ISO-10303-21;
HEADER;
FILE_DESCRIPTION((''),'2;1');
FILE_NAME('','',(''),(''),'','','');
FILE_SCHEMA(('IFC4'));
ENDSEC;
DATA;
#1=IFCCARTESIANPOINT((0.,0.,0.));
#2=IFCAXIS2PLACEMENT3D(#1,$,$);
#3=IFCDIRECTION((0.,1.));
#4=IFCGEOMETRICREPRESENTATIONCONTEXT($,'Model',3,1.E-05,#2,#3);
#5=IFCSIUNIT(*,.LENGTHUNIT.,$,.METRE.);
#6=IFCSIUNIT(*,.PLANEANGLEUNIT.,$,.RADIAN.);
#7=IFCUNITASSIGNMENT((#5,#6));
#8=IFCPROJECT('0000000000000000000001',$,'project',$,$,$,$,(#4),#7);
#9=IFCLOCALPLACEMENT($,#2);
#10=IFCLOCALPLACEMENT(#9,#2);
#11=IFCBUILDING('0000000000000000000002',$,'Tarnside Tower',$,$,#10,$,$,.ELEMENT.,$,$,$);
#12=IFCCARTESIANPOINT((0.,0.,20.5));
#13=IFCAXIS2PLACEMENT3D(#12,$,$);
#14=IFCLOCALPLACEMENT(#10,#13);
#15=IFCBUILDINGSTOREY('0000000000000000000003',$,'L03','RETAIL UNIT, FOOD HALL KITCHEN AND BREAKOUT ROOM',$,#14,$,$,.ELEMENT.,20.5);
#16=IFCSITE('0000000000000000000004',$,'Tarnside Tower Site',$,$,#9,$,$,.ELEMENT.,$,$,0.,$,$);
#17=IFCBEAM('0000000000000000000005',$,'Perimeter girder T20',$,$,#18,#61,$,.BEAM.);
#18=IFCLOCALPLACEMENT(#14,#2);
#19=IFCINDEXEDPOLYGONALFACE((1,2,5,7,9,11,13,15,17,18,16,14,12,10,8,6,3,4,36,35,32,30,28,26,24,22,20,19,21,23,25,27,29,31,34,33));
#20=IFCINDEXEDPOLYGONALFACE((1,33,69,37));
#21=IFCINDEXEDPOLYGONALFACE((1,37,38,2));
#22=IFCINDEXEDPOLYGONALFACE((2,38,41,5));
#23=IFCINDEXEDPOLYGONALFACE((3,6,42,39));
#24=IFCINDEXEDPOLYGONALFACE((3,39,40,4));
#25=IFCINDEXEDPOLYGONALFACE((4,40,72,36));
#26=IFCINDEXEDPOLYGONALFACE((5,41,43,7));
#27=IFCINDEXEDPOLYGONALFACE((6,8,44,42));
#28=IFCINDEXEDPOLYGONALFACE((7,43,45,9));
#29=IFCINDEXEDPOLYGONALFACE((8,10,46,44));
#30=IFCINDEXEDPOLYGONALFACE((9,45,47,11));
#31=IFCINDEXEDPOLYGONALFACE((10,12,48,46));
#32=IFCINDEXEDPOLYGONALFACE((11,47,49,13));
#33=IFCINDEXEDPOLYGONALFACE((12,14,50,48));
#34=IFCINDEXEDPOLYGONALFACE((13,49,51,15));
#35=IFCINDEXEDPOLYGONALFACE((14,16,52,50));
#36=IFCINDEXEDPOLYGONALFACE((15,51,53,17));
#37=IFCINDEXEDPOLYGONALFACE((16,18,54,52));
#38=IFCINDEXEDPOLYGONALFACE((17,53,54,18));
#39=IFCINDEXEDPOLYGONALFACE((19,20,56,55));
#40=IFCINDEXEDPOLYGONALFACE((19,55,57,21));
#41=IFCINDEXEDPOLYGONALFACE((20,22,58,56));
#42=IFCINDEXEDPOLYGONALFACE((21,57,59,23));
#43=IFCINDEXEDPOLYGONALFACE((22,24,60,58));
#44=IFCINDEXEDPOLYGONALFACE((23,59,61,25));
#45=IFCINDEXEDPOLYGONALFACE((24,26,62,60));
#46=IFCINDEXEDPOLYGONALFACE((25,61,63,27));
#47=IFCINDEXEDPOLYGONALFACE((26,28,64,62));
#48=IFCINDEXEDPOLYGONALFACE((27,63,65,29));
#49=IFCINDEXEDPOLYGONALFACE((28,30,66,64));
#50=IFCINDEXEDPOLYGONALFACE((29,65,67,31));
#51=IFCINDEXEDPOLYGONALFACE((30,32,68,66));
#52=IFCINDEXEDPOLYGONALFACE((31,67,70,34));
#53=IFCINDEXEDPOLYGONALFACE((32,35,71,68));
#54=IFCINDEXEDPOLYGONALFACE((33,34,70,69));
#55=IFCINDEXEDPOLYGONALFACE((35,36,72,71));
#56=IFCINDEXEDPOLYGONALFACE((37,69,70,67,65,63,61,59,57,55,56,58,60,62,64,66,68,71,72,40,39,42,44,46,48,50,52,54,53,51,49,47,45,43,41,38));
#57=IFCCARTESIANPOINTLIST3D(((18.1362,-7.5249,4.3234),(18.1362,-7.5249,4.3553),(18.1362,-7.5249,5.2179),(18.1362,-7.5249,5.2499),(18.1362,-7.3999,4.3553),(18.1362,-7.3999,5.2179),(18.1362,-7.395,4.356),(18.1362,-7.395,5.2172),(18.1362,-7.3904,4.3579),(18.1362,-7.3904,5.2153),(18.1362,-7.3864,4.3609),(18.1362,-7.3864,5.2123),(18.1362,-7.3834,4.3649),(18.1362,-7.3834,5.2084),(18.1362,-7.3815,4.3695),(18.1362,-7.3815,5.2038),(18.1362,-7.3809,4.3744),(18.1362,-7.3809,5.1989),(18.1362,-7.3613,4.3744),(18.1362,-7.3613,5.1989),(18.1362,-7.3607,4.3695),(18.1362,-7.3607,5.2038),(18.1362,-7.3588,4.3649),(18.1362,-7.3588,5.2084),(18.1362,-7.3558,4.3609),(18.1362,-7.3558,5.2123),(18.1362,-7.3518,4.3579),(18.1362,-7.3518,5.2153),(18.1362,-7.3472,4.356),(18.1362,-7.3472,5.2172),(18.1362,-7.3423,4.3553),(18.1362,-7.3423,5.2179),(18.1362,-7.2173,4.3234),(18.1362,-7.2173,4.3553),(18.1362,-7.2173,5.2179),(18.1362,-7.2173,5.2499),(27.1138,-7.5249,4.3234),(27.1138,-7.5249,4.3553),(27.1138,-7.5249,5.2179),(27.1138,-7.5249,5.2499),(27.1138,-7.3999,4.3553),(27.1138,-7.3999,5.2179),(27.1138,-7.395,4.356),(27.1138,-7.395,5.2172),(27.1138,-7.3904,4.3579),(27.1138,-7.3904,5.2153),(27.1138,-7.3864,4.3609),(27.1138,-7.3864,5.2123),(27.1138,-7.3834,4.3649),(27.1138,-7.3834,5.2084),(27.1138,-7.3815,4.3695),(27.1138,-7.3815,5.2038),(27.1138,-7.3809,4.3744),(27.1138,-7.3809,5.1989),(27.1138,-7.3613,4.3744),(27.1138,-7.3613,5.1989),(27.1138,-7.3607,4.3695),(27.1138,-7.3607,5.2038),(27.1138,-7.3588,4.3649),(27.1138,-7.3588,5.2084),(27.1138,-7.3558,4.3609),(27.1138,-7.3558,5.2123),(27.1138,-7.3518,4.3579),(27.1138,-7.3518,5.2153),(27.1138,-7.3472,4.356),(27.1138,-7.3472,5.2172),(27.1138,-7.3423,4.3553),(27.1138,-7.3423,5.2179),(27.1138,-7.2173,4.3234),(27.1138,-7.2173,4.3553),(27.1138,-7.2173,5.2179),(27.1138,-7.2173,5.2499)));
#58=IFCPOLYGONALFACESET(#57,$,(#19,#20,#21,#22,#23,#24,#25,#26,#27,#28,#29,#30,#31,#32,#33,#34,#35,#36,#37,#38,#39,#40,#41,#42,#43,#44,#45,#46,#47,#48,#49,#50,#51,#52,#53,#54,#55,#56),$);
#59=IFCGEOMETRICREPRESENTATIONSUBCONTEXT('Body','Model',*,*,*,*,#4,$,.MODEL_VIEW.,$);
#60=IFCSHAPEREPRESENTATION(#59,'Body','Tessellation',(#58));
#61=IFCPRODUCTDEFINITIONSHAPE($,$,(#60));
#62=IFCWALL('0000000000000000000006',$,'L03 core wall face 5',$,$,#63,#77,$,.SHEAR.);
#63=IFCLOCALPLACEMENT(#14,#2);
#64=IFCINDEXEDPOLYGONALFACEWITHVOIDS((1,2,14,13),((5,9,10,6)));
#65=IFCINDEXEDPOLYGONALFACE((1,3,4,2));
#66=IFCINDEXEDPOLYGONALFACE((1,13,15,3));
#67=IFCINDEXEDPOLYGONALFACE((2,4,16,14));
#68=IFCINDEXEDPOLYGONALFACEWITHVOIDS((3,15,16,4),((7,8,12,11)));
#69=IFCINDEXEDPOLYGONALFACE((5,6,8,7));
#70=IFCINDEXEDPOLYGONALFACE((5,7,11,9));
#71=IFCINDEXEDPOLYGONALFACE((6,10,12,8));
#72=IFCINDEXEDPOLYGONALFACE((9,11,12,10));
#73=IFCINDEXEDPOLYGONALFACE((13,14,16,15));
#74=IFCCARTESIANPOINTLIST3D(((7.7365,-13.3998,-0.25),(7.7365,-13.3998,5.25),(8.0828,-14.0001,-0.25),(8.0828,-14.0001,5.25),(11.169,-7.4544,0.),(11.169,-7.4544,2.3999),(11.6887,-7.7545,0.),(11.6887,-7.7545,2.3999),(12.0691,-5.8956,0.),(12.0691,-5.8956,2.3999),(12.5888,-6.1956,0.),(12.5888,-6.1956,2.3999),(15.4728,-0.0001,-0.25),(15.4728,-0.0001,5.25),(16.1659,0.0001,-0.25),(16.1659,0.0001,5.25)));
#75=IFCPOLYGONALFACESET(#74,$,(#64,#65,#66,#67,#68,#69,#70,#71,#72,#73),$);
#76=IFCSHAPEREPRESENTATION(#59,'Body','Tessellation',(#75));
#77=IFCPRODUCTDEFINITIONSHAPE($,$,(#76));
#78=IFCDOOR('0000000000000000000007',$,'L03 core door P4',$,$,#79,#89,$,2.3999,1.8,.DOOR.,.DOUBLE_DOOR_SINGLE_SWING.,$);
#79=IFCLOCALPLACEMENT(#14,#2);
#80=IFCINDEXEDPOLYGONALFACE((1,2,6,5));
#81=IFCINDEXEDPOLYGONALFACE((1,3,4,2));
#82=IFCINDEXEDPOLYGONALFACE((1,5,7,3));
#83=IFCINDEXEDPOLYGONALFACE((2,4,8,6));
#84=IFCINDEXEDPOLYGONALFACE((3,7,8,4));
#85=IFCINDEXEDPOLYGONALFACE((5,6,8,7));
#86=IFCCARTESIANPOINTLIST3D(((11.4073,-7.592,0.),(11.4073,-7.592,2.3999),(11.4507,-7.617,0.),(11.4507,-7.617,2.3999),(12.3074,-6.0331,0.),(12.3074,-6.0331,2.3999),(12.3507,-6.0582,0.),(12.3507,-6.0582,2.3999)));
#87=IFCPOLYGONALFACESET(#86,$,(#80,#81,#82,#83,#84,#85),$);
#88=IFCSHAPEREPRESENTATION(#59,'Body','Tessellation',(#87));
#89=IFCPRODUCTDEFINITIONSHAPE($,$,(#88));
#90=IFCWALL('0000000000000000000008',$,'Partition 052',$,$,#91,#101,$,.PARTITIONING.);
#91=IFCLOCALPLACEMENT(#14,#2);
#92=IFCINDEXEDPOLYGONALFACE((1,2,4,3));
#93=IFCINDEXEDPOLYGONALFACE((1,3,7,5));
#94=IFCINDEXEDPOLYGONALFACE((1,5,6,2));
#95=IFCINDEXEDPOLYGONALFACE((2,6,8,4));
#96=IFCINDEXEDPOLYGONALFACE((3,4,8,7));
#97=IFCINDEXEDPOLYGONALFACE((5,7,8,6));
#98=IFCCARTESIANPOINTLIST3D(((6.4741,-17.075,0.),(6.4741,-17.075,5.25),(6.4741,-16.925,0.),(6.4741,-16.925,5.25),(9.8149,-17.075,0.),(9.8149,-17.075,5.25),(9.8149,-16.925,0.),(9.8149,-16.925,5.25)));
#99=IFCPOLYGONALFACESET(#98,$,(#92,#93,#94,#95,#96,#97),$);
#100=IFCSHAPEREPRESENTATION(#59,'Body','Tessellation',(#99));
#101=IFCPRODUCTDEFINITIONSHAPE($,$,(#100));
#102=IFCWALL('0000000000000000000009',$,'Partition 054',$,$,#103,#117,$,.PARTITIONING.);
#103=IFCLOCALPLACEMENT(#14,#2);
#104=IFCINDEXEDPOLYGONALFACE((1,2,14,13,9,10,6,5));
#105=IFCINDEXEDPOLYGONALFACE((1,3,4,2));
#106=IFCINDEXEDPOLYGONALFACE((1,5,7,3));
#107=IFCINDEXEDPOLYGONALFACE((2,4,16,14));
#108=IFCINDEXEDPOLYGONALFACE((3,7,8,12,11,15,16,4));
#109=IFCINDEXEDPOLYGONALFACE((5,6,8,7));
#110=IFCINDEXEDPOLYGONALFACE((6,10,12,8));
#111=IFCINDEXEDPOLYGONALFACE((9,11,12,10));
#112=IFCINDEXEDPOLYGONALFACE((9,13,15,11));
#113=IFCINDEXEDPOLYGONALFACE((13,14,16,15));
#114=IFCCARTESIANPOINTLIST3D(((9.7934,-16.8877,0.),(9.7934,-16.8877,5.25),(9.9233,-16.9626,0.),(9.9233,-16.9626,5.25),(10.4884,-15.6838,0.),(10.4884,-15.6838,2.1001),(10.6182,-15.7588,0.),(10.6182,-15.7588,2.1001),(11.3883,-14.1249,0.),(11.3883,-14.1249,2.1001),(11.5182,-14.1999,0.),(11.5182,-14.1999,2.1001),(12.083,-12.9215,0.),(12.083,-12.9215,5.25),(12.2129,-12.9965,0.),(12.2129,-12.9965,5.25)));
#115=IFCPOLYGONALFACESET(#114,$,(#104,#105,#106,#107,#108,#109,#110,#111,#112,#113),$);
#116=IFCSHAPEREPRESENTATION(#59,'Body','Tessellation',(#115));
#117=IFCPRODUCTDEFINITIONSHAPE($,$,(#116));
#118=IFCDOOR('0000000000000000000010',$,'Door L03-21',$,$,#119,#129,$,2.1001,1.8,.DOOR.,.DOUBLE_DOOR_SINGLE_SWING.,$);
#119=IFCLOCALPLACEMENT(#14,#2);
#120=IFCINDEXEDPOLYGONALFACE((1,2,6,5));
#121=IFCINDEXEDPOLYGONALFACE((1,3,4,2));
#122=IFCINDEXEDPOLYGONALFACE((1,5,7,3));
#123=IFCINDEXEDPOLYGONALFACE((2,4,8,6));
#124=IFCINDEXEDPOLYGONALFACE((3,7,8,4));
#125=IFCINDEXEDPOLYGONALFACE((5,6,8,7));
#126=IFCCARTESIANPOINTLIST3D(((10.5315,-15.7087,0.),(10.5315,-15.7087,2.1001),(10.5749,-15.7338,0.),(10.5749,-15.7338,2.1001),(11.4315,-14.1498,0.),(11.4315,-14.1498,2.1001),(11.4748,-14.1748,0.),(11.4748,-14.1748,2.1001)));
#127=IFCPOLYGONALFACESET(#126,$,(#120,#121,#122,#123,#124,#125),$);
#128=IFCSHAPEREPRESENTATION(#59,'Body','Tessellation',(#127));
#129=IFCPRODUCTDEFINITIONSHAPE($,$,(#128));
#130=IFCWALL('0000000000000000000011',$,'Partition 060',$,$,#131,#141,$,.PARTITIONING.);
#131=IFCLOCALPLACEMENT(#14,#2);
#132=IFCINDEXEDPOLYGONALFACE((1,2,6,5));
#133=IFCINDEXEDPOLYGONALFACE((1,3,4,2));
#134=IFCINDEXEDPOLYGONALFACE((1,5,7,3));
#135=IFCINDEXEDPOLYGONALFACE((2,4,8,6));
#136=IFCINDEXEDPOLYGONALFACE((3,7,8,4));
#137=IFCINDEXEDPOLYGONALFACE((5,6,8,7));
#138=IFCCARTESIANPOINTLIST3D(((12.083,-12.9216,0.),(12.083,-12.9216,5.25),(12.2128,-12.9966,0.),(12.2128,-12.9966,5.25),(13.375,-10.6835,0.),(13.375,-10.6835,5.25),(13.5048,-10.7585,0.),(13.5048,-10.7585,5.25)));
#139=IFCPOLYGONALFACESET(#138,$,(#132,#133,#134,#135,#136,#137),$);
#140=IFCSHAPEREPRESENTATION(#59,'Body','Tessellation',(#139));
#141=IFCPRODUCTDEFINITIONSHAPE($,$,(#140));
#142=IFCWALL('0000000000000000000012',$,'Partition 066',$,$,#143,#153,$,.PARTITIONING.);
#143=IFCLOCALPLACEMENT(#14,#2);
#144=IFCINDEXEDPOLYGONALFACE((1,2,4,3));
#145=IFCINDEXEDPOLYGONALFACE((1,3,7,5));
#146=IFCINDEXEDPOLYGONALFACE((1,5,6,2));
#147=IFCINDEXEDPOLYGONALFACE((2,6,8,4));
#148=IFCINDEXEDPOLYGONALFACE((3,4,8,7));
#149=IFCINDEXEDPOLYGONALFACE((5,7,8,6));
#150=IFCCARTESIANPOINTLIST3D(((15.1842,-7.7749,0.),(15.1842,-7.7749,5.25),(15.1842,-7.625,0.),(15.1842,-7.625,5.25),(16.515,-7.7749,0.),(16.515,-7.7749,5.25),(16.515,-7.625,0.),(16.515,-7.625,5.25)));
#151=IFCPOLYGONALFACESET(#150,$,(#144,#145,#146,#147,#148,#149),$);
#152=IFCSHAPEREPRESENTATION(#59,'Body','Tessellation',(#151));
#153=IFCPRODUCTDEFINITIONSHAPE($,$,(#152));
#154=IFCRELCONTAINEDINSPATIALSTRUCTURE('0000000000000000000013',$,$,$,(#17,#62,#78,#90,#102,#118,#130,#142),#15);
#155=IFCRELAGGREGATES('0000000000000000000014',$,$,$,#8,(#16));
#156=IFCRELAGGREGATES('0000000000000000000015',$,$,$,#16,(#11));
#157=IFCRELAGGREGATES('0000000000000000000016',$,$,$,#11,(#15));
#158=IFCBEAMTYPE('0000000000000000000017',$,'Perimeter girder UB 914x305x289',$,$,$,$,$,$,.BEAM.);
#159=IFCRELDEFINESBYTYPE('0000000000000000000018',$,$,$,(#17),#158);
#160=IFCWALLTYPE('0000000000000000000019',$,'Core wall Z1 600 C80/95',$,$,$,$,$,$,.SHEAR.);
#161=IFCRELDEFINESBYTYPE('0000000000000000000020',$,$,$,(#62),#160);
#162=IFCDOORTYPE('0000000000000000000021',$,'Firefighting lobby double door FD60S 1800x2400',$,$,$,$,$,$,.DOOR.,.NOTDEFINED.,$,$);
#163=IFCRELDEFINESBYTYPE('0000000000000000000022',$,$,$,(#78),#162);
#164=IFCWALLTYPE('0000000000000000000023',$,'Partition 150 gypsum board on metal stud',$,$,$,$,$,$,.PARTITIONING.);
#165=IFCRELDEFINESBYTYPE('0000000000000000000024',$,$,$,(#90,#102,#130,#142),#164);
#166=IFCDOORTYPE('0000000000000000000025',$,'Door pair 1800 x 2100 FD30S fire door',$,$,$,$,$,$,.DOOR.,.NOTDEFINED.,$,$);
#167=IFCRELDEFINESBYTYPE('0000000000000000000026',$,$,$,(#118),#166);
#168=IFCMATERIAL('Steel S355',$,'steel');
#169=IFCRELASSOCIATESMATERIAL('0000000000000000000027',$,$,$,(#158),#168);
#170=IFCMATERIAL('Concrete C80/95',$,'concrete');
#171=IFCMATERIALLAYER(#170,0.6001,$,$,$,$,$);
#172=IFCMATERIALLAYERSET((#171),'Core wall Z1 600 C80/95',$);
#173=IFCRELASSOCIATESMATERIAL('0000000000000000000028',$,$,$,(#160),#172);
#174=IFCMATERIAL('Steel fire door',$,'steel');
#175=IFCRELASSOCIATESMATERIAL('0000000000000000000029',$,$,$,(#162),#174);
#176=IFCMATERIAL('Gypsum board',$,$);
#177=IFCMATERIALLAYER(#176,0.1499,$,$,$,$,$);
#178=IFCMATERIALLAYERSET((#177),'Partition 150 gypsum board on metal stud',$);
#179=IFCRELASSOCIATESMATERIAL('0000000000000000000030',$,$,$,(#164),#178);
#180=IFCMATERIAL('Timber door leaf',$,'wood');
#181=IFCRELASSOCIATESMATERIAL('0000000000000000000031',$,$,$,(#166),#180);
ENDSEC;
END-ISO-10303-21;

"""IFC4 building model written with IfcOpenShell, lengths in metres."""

from ifc_helpers import new_model, si_unit, direction, frame, frame_2d, origin, origin_2d, place, context, subcontext, project, spatial, polyline, rectangle, i_section, outline, extrude, material, layer, layer_set, material_profile, profile_set, type_object, element, fill, save


model = new_model("IFC4")

# Units and contexts
model_context = context("Model", 3, precision=1e-05, world=origin(), true_north=direction((0.0, 1.0)))
body_context = subcontext(model_context, "Body", "Model", "MODEL_VIEW")
ifc_project = project(units=[si_unit("LENGTHUNIT", "METRE"), si_unit("PLANEANGLEUNIT", "RADIAN")], contexts=[model_context])

# Site, building, storey
site_placement = place(None, origin())
site = spatial("IfcSite", under=ifc_project, at=site_placement, Name="Tarnside Tower Site", CompositionType="ELEMENT", RefElevation=0.0)
building_placement = place(site_placement, origin())
building = spatial("IfcBuilding", under=site, at=building_placement, Name="Tarnside Tower", CompositionType="ELEMENT")
storey_placement = place(building_placement, frame((0.0, 0.0, 20.5)))
storey = spatial("IfcBuildingStorey", under=building, at=storey_placement, Name="L03", Description="RETAIL UNIT, FOOD HALL KITCHEN AND BREAKOUT ROOM", CompositionType="ELEMENT", Elevation=20.5)

# Beam
ifc_material_1 = material(Name="Steel S355", Category="steel")
ifc_material_profile_1 = material_profile(ifc_material_1, i_section(OverallWidth=0.3076, OverallDepth=0.9265, WebThickness=0.0195, FlangeThickness=0.032, FilletRadius=0.019, at=origin_2d()), Name="UB 914x305x289")
ifc_profile_set_1 = profile_set([ifc_material_profile_1], Name="Steel S355")
beam_type_1 = type_object("IfcBeamType", Name="Perimeter girder UB 914x305x289", PredefinedType="BEAM", material=ifc_profile_set_1)
beam_1_placement = place(storey_placement, frame((18.1362, -7.3711, 4.7866), z_axis=(1.0, 0.0, 0.0), x_axis=(0.0, 1.0, 0.0)))
element("IfcBeam", 1, at=beam_1_placement, inside=storey, type_object=beam_type_1, Name="Perimeter girder T20", PredefinedType="BEAM", context=body_context, shape_type="SweptSolid", body=[
    extrude(i_section(OverallWidth=0.3076, OverallDepth=0.9265, WebThickness=0.0195, FlangeThickness=0.032, FilletRadius=0.019, at=origin_2d()), origin(), (0.0, 0.0, 1.0), 8.9775),
])

# Wall, opening, door
ifc_material_2 = material(Name="Concrete C80/95", Category="concrete")
ifc_layer_1 = layer(ifc_material_2, 0.6001)
ifc_layer_set_1 = layer_set([ifc_layer_1], Name="Core wall Z1 600 C80/95")
wall_type_1 = type_object("IfcWallType", Name="Core wall Z1 600 C80/95", PredefinedType="SHEAR", material=ifc_layer_set_1)
wall_1_placement = place(storey_placement, frame((7.9097, -13.7, -0.25), z_axis=(0.0, 0.0, 1.0), x_axis=(0.5, 0.866025, 0.0)))
wall_1 = element("IfcWall", 2, at=wall_1_placement, inside=storey, type_object=wall_type_1, Name="L03 core wall face 5", PredefinedType="SHEAR", context=body_context, shape_type="SweptSolid", body=[
    extrude(outline(polyline([(-0.1733, -0.3), (15.9927, -0.3), (15.646, 0.3), (0.1733, 0.3), (-0.1733, -0.3)])), origin(), (0.0, 0.0, 1.0), 5.5),
])
opening_1_placement = place(wall_1_placement, frame((7.0386, 0.0, 0.25)))
opening_1 = element("IfcOpeningElement", 3, at=opening_1_placement, cuts=wall_1, PredefinedType="OPENING", context=body_context, shape_type="SweptSolid", body=[
    extrude(rectangle(XDim=1.8, YDim=2.3999, at=frame_2d((0.8999, 1.2))), frame((0.0, 0.3101, 0.0), z_axis=(0.0, -1.0, 0.0), x_axis=(1.0, 0.0, 0.0)), (0.0, 0.0, 1.0), 0.6201),
])
ifc_material_3 = material(Name="Steel fire door", Category="steel")
door_type_1 = type_object("IfcDoorType", Name="Firefighting lobby double door FD60S 1800x2400", OperationType="NOTDEFINED", PredefinedType="DOOR", material=ifc_material_3)
door_1_placement = place(opening_1_placement, origin())
door_1 = element("IfcDoor", 4, at=door_1_placement, inside=storey, type_object=door_type_1, Name="L03 core door P4", OperationType="DOUBLE_DOOR_SINGLE_SWING", OverallHeight=2.3999, OverallWidth=1.8, PredefinedType="DOOR", context=body_context, shape_type="SweptSolid", body=[
    extrude(rectangle(XDim=1.8, YDim=2.3999, at=frame_2d((0.8999, 1.2))), frame((0.0, 0.0249, 0.0), z_axis=(0.0, -1.0, 0.0), x_axis=(1.0, 0.0, 0.0)), (0.0, 0.0, 1.0), 0.05),
])
fill(opening_1, door_1)

# Wall
ifc_material_4 = material(Name="Gypsum board")
ifc_layer_2 = layer(ifc_material_4, 0.1499)
ifc_layer_set_2 = layer_set([ifc_layer_2], Name="Partition 150 gypsum board on metal stud")
wall_type_2 = type_object("IfcWallType", Name="Partition 150 gypsum board on metal stud", PredefinedType="PARTITIONING", material=ifc_layer_set_2)
wall_2_placement = place(storey_placement, frame((6.4741, -17.0, 0.0), z_axis=(0.0, 0.0, 1.0), x_axis=(1.0, 0.0, 0.0)))
element("IfcWall", 5, at=wall_2_placement, inside=storey, type_object=wall_type_2, Name="Partition 052", PredefinedType="PARTITIONING", context=body_context, shape_type="SweptSolid", body=[
    extrude(rectangle(XDim=3.3408, YDim=0.1499, at=frame_2d((1.6704, 0.0))), origin(), (0.0, 0.0, 1.0), 5.25),
])

# Wall, opening, door
wall_3_placement = place(storey_placement, frame((12.1479, -12.959, 0.0), z_axis=(0.0, 0.0, 1.0), x_axis=(-0.499958, -0.86605, 0.0)))
wall_3 = element("IfcWall", 6, at=wall_3_placement, inside=storey, type_object=wall_type_2, Name="Partition 054", PredefinedType="PARTITIONING", context=body_context, shape_type="SweptSolid", body=[
    extrude(rectangle(XDim=4.5796, YDim=0.1499, at=frame_2d((2.2898, 0.0))), origin(), (0.0, 0.0, 1.0), 5.25),
])
opening_2_placement = place(wall_3_placement, frame((1.3896, 0.0, 0.0)))
opening_2 = element("IfcOpeningElement", 7, at=opening_2_placement, cuts=wall_3, PredefinedType="OPENING", context=body_context, shape_type="SweptSolid", body=[
    extrude(rectangle(XDim=1.8, YDim=2.1001, at=frame_2d((0.8999, 1.05))), frame((0.0, 0.085, 0.0), z_axis=(0.0, -1.0, 0.0), x_axis=(1.0, 0.0, 0.0)), (0.0, 0.0, 1.0), 0.1699),
])
ifc_material_5 = material(Name="Timber door leaf", Category="wood")
door_type_2 = type_object("IfcDoorType", Name="Door pair 1800 x 2100 FD30S fire door", OperationType="NOTDEFINED", PredefinedType="DOOR", material=ifc_material_5)
door_2_placement = place(opening_2_placement, origin())
door_2 = element("IfcDoor", 8, at=door_2_placement, inside=storey, type_object=door_type_2, Name="Door L03-21", OperationType="DOUBLE_DOOR_SINGLE_SWING", OverallHeight=2.1001, OverallWidth=1.8, PredefinedType="DOOR", context=body_context, shape_type="SweptSolid", body=[
    extrude(rectangle(XDim=1.8, YDim=2.1001, at=frame_2d((0.8999, 1.05))), frame((0.0, 0.0249, 0.0), z_axis=(0.0, -1.0, 0.0), x_axis=(1.0, 0.0, 0.0)), (0.0, 0.0, 1.0), 0.05),
])
fill(opening_2, door_2)

# Walls
wall_4_placement = place(storey_placement, frame((12.1479, -12.959, 0.0), z_axis=(0.0, 0.0, 1.0), x_axis=(0.49996, 0.866049, 0.0)))
element("IfcWall", 9, at=wall_4_placement, inside=storey, type_object=wall_type_2, Name="Partition 060", PredefinedType="PARTITIONING", context=body_context, shape_type="SweptSolid", body=[
    extrude(rectangle(XDim=2.5842, YDim=0.1499, at=frame_2d((1.292, 0.0))), origin(), (0.0, 0.0, 1.0), 5.25),
])
wall_5_placement = place(storey_placement, frame((15.1841, -7.7, 0.0), z_axis=(0.0, 0.0, 1.0), x_axis=(1.0, 0.0, 0.0)))
element("IfcWall", 10, at=wall_5_placement, inside=storey, type_object=wall_type_2, Name="Partition 066", PredefinedType="PARTITIONING", context=body_context, shape_type="SweptSolid", body=[
    extrude(rectangle(XDim=1.3308, YDim=0.1499, at=frame_2d((0.6655, 0.0))), origin(), (0.0, 0.0, 1.0), 5.25),
])

save(model, "model.ifc")
